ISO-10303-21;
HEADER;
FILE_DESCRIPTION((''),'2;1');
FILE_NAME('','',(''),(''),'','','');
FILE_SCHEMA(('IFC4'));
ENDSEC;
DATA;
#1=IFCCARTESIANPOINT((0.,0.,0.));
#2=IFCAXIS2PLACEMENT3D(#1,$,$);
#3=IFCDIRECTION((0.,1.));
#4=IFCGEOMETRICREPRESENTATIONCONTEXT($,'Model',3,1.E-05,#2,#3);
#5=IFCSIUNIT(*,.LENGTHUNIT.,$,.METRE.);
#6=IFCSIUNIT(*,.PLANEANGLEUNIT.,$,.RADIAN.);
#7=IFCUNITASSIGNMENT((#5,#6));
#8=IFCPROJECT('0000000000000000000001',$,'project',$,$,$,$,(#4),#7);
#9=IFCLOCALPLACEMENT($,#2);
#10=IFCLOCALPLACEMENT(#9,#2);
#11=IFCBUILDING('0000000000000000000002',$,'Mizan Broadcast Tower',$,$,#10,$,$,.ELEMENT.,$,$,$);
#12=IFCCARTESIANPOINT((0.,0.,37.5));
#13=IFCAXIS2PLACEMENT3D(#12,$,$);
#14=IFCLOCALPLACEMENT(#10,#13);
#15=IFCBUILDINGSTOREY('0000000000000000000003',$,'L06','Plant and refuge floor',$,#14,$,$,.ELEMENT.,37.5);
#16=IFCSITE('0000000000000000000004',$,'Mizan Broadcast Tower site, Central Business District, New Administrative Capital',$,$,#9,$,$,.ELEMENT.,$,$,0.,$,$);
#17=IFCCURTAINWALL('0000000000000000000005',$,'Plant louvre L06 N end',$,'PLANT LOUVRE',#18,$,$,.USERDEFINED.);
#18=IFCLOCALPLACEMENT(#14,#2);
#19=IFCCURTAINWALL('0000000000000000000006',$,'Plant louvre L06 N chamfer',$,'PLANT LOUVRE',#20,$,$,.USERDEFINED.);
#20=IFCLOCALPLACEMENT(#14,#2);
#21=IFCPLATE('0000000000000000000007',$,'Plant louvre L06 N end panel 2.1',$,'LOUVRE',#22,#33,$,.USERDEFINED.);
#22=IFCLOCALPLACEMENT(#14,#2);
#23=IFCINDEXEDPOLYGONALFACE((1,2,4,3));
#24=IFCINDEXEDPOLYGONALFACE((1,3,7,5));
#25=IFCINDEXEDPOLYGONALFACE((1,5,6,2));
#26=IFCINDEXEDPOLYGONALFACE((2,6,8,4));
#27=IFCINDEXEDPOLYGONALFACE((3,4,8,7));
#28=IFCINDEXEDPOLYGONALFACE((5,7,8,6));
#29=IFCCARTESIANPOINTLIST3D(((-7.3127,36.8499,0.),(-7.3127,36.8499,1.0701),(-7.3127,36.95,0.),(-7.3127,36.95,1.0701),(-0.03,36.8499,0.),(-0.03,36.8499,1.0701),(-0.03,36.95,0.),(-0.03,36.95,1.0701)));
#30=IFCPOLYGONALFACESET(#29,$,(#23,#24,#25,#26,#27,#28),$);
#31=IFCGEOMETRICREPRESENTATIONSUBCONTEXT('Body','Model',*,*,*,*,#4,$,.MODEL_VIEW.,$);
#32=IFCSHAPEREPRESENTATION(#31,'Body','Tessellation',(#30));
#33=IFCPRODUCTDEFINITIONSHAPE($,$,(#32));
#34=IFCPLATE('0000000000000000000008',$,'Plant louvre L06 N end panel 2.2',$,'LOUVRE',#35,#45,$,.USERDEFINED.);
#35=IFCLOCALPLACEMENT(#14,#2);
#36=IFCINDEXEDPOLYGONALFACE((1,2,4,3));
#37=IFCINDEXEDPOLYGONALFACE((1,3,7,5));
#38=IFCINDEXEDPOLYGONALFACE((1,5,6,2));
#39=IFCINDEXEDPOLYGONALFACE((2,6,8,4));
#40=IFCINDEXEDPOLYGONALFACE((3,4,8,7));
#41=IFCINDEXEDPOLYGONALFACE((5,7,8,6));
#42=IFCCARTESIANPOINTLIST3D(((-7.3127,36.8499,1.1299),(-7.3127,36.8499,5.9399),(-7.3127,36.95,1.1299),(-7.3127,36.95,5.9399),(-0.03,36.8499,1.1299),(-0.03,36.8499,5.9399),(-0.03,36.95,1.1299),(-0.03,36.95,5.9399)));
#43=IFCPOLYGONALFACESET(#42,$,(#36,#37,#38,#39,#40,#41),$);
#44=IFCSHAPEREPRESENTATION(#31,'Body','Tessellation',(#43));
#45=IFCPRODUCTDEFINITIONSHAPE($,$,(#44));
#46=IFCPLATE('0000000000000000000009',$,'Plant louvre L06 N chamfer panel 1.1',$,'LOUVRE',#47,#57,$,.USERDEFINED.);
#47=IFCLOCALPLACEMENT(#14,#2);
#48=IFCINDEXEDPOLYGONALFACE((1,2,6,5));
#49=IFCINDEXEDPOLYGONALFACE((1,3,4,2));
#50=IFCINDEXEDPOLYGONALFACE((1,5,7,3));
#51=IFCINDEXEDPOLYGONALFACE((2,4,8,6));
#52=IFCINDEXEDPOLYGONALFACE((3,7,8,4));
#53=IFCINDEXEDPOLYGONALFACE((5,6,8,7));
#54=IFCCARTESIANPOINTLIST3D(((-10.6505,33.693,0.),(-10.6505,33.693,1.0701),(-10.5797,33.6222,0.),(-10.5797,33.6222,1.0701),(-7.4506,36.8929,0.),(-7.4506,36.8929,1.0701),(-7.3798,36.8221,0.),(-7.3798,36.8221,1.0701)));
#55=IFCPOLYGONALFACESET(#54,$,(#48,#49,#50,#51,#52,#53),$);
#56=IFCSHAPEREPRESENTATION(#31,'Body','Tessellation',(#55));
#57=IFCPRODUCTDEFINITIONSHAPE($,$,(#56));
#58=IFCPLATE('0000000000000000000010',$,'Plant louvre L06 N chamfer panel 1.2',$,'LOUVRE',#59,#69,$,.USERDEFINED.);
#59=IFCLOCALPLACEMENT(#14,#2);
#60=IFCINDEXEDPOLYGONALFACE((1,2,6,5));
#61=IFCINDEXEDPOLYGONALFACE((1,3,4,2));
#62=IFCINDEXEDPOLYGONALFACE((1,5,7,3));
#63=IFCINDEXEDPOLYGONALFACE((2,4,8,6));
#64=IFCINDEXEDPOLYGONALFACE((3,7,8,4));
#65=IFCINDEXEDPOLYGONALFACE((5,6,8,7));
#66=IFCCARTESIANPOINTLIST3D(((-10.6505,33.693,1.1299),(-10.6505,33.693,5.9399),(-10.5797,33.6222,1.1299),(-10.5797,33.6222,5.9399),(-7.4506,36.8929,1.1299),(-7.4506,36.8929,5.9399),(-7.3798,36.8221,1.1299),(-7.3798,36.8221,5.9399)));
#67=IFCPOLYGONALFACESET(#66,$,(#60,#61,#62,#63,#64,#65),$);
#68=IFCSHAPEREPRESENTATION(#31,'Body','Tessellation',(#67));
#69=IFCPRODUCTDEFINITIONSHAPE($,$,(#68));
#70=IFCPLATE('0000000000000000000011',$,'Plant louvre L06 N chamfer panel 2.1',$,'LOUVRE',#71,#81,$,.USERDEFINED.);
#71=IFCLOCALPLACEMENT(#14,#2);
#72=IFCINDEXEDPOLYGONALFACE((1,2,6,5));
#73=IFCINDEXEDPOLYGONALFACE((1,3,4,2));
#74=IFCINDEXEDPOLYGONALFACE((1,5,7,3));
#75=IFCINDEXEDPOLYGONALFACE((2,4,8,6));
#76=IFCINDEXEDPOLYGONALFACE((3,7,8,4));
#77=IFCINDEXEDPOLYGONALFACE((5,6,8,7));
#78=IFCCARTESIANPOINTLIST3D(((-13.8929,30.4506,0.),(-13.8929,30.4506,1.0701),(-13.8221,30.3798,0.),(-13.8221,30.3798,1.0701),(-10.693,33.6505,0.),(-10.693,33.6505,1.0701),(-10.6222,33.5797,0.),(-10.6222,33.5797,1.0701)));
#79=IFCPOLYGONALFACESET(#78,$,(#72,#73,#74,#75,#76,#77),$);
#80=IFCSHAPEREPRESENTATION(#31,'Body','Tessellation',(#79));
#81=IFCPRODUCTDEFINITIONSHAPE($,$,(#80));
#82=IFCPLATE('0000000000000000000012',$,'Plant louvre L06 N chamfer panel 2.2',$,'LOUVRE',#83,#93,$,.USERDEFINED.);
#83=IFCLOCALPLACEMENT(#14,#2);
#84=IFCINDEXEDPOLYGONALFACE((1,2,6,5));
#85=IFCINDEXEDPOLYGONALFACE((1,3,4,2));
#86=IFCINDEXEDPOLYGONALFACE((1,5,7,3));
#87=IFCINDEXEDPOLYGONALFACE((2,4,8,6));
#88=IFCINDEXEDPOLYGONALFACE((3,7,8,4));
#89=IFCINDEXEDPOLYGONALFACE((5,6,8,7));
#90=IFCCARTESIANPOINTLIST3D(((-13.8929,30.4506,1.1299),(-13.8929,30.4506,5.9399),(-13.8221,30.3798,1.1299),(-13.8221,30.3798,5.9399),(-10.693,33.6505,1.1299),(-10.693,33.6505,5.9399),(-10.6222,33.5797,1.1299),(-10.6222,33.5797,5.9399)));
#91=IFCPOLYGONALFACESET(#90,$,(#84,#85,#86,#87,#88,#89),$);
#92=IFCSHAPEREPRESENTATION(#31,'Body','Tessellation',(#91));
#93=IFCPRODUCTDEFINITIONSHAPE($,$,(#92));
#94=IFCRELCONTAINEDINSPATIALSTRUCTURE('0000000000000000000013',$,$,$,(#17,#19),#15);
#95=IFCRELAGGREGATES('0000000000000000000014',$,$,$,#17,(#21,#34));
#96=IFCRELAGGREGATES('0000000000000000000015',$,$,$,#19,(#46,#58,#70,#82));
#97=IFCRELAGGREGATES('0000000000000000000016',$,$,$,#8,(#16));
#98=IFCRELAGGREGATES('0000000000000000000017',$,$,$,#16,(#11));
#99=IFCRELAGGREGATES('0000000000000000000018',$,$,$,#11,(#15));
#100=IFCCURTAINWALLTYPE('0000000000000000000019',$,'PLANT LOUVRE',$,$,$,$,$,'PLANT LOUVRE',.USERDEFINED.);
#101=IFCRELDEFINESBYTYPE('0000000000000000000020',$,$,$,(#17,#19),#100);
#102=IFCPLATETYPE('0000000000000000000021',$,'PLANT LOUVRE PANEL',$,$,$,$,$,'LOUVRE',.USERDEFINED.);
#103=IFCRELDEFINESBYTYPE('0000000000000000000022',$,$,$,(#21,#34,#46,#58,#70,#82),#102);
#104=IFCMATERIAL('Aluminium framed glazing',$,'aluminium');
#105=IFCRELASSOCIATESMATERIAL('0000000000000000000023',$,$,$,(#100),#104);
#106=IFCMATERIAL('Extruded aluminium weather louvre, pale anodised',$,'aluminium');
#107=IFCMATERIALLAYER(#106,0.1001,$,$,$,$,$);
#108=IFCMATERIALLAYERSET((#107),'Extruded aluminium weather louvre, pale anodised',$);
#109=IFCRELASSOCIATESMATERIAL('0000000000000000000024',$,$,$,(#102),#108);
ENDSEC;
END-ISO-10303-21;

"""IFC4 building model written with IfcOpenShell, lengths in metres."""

from ifc_helpers import new_model, si_unit, direction, frame, origin, origin_2d, place, context, subcontext, project, spatial, rectangle, extrude, material, layer, layer_set, type_object, element, aggregate, save


model = new_model("IFC4")

# Units and contexts
model_context = context("Model", 3, precision=1e-05, world=origin(), true_north=direction((0.0, 1.0)))
body_context = subcontext(model_context, "Body", "Model", "MODEL_VIEW")
ifc_project = project(units=[si_unit("LENGTHUNIT", "METRE"), si_unit("PLANEANGLEUNIT", "RADIAN")], contexts=[model_context])

# Site, building, storey
site_placement = place(None, origin())
site = spatial("IfcSite", under=ifc_project, at=site_placement, Name="Mizan Broadcast Tower site, Central Business District, New Administrative Capital", CompositionType="ELEMENT", RefElevation=0.0)
building_placement = place(site_placement, origin())
building = spatial("IfcBuilding", under=site, at=building_placement, Name="Mizan Broadcast Tower", CompositionType="ELEMENT")
storey_placement = place(building_placement, frame((0.0, 0.0, 37.5)))
storey = spatial("IfcBuildingStorey", under=building, at=storey_placement, Name="L06", Description="Plant and refuge floor", CompositionType="ELEMENT", Elevation=37.5)

# Curtain wall
ifc_material_1 = material(Name="Aluminium framed glazing", Category="aluminium")
curtain_wall_type = type_object("IfcCurtainWallType", Name="PLANT LOUVRE", ElementType="PLANT LOUVRE", PredefinedType="USERDEFINED", material=ifc_material_1)
curtain_wall_1_placement = place(storey_placement, origin())
curtain_wall_1 = element("IfcCurtainWall", 1, at=curtain_wall_1_placement, inside=storey, type_object=curtain_wall_type, Name="Plant louvre L06 N end", ObjectType="PLANT LOUVRE", PredefinedType="USERDEFINED")

# Curtain wall
curtain_wall_2_placement = place(storey_placement, origin())
curtain_wall_2 = element("IfcCurtainWall", 2, at=curtain_wall_2_placement, inside=storey, type_object=curtain_wall_type, Name="Plant louvre L06 N chamfer", ObjectType="PLANT LOUVRE", PredefinedType="USERDEFINED")

# Plates
ifc_material_2 = material(Name="Extruded aluminium weather louvre, pale anodised", Category="aluminium")
ifc_layer = layer(ifc_material_2, 0.1001)
ifc_layer_set = layer_set([ifc_layer], Name="Extruded aluminium weather louvre, pale anodised")
plate_type = type_object("IfcPlateType", Name="PLANT LOUVRE PANEL", ElementType="LOUVRE", PredefinedType="USERDEFINED", material=ifc_layer_set)
plate_1_placement = place(storey_placement, frame((-3.6714, 36.8999, 0.0), z_axis=(0.0, 0.0, 1.0), x_axis=(-1.0, 0.0, 0.0)))
plate_1 = element("IfcPlate", 3, at=plate_1_placement, type_object=plate_type, Name="Plant louvre L06 N end panel 2.1", ObjectType="LOUVRE", PredefinedType="USERDEFINED", context=body_context, shape_type="SweptSolid", body=[
    extrude(rectangle(XDim=7.2827, YDim=0.1001, at=origin_2d()), origin(), (0.0, 0.0, 1.0), 1.0701),
])
plate_2_placement = place(storey_placement, frame((-3.6714, 36.8999, 1.1299), z_axis=(0.0, 0.0, 1.0), x_axis=(-1.0, 0.0, 0.0)))
plate_2 = element("IfcPlate", 4, at=plate_2_placement, type_object=plate_type, Name="Plant louvre L06 N end panel 2.2", ObjectType="LOUVRE", PredefinedType="USERDEFINED", context=body_context, shape_type="SweptSolid", body=[
    extrude(rectangle(XDim=7.2827, YDim=0.1001, at=origin_2d()), origin(), (0.0, 0.0, 1.0), 4.8101),
])
aggregate(curtain_wall_1, [plate_1, plate_2])
plate_3_placement = place(storey_placement, frame((-9.0151, 35.2576, 0.0), z_axis=(0.0, 0.0, 1.0), x_axis=(-0.707107, -0.707107, 0.0)))
plate_3 = element("IfcPlate", 5, at=plate_3_placement, type_object=plate_type, Name="Plant louvre L06 N chamfer panel 1.1", ObjectType="LOUVRE", PredefinedType="USERDEFINED", context=body_context, shape_type="SweptSolid", body=[
    extrude(rectangle(XDim=4.5254, YDim=0.1001, at=origin_2d()), origin(), (0.0, 0.0, 1.0), 1.0701),
])
plate_4_placement = place(storey_placement, frame((-9.0151, 35.2576, 1.1299), z_axis=(0.0, 0.0, 1.0), x_axis=(-0.707107, -0.707107, 0.0)))
plate_4 = element("IfcPlate", 6, at=plate_4_placement, type_object=plate_type, Name="Plant louvre L06 N chamfer panel 1.2", ObjectType="LOUVRE", PredefinedType="USERDEFINED", context=body_context, shape_type="SweptSolid", body=[
    extrude(rectangle(XDim=4.5254, YDim=0.1001, at=origin_2d()), origin(), (0.0, 0.0, 1.0), 4.8101),
])
plate_5_placement = place(storey_placement, frame((-12.2576, 32.0151, 0.0), z_axis=(0.0, 0.0, 1.0), x_axis=(-0.707107, -0.707107, 0.0)))
plate_5 = element("IfcPlate", 7, at=plate_5_placement, type_object=plate_type, Name="Plant louvre L06 N chamfer panel 2.1", ObjectType="LOUVRE", PredefinedType="USERDEFINED", context=body_context, shape_type="SweptSolid", body=[
    extrude(rectangle(XDim=4.5254, YDim=0.1001, at=origin_2d()), origin(), (0.0, 0.0, 1.0), 1.0701),
])
plate_6_placement = place(storey_placement, frame((-12.2576, 32.0151, 1.1299), z_axis=(0.0, 0.0, 1.0), x_axis=(-0.707107, -0.707107, 0.0)))
plate_6 = element("IfcPlate", 8, at=plate_6_placement, type_object=plate_type, Name="Plant louvre L06 N chamfer panel 2.2", ObjectType="LOUVRE", PredefinedType="USERDEFINED", context=body_context, shape_type="SweptSolid", body=[
    extrude(rectangle(XDim=4.5254, YDim=0.1001, at=origin_2d()), origin(), (0.0, 0.0, 1.0), 4.8101),
])
aggregate(curtain_wall_2, [plate_3, plate_4, plate_5, plate_6])

save(model, "model.ifc")
